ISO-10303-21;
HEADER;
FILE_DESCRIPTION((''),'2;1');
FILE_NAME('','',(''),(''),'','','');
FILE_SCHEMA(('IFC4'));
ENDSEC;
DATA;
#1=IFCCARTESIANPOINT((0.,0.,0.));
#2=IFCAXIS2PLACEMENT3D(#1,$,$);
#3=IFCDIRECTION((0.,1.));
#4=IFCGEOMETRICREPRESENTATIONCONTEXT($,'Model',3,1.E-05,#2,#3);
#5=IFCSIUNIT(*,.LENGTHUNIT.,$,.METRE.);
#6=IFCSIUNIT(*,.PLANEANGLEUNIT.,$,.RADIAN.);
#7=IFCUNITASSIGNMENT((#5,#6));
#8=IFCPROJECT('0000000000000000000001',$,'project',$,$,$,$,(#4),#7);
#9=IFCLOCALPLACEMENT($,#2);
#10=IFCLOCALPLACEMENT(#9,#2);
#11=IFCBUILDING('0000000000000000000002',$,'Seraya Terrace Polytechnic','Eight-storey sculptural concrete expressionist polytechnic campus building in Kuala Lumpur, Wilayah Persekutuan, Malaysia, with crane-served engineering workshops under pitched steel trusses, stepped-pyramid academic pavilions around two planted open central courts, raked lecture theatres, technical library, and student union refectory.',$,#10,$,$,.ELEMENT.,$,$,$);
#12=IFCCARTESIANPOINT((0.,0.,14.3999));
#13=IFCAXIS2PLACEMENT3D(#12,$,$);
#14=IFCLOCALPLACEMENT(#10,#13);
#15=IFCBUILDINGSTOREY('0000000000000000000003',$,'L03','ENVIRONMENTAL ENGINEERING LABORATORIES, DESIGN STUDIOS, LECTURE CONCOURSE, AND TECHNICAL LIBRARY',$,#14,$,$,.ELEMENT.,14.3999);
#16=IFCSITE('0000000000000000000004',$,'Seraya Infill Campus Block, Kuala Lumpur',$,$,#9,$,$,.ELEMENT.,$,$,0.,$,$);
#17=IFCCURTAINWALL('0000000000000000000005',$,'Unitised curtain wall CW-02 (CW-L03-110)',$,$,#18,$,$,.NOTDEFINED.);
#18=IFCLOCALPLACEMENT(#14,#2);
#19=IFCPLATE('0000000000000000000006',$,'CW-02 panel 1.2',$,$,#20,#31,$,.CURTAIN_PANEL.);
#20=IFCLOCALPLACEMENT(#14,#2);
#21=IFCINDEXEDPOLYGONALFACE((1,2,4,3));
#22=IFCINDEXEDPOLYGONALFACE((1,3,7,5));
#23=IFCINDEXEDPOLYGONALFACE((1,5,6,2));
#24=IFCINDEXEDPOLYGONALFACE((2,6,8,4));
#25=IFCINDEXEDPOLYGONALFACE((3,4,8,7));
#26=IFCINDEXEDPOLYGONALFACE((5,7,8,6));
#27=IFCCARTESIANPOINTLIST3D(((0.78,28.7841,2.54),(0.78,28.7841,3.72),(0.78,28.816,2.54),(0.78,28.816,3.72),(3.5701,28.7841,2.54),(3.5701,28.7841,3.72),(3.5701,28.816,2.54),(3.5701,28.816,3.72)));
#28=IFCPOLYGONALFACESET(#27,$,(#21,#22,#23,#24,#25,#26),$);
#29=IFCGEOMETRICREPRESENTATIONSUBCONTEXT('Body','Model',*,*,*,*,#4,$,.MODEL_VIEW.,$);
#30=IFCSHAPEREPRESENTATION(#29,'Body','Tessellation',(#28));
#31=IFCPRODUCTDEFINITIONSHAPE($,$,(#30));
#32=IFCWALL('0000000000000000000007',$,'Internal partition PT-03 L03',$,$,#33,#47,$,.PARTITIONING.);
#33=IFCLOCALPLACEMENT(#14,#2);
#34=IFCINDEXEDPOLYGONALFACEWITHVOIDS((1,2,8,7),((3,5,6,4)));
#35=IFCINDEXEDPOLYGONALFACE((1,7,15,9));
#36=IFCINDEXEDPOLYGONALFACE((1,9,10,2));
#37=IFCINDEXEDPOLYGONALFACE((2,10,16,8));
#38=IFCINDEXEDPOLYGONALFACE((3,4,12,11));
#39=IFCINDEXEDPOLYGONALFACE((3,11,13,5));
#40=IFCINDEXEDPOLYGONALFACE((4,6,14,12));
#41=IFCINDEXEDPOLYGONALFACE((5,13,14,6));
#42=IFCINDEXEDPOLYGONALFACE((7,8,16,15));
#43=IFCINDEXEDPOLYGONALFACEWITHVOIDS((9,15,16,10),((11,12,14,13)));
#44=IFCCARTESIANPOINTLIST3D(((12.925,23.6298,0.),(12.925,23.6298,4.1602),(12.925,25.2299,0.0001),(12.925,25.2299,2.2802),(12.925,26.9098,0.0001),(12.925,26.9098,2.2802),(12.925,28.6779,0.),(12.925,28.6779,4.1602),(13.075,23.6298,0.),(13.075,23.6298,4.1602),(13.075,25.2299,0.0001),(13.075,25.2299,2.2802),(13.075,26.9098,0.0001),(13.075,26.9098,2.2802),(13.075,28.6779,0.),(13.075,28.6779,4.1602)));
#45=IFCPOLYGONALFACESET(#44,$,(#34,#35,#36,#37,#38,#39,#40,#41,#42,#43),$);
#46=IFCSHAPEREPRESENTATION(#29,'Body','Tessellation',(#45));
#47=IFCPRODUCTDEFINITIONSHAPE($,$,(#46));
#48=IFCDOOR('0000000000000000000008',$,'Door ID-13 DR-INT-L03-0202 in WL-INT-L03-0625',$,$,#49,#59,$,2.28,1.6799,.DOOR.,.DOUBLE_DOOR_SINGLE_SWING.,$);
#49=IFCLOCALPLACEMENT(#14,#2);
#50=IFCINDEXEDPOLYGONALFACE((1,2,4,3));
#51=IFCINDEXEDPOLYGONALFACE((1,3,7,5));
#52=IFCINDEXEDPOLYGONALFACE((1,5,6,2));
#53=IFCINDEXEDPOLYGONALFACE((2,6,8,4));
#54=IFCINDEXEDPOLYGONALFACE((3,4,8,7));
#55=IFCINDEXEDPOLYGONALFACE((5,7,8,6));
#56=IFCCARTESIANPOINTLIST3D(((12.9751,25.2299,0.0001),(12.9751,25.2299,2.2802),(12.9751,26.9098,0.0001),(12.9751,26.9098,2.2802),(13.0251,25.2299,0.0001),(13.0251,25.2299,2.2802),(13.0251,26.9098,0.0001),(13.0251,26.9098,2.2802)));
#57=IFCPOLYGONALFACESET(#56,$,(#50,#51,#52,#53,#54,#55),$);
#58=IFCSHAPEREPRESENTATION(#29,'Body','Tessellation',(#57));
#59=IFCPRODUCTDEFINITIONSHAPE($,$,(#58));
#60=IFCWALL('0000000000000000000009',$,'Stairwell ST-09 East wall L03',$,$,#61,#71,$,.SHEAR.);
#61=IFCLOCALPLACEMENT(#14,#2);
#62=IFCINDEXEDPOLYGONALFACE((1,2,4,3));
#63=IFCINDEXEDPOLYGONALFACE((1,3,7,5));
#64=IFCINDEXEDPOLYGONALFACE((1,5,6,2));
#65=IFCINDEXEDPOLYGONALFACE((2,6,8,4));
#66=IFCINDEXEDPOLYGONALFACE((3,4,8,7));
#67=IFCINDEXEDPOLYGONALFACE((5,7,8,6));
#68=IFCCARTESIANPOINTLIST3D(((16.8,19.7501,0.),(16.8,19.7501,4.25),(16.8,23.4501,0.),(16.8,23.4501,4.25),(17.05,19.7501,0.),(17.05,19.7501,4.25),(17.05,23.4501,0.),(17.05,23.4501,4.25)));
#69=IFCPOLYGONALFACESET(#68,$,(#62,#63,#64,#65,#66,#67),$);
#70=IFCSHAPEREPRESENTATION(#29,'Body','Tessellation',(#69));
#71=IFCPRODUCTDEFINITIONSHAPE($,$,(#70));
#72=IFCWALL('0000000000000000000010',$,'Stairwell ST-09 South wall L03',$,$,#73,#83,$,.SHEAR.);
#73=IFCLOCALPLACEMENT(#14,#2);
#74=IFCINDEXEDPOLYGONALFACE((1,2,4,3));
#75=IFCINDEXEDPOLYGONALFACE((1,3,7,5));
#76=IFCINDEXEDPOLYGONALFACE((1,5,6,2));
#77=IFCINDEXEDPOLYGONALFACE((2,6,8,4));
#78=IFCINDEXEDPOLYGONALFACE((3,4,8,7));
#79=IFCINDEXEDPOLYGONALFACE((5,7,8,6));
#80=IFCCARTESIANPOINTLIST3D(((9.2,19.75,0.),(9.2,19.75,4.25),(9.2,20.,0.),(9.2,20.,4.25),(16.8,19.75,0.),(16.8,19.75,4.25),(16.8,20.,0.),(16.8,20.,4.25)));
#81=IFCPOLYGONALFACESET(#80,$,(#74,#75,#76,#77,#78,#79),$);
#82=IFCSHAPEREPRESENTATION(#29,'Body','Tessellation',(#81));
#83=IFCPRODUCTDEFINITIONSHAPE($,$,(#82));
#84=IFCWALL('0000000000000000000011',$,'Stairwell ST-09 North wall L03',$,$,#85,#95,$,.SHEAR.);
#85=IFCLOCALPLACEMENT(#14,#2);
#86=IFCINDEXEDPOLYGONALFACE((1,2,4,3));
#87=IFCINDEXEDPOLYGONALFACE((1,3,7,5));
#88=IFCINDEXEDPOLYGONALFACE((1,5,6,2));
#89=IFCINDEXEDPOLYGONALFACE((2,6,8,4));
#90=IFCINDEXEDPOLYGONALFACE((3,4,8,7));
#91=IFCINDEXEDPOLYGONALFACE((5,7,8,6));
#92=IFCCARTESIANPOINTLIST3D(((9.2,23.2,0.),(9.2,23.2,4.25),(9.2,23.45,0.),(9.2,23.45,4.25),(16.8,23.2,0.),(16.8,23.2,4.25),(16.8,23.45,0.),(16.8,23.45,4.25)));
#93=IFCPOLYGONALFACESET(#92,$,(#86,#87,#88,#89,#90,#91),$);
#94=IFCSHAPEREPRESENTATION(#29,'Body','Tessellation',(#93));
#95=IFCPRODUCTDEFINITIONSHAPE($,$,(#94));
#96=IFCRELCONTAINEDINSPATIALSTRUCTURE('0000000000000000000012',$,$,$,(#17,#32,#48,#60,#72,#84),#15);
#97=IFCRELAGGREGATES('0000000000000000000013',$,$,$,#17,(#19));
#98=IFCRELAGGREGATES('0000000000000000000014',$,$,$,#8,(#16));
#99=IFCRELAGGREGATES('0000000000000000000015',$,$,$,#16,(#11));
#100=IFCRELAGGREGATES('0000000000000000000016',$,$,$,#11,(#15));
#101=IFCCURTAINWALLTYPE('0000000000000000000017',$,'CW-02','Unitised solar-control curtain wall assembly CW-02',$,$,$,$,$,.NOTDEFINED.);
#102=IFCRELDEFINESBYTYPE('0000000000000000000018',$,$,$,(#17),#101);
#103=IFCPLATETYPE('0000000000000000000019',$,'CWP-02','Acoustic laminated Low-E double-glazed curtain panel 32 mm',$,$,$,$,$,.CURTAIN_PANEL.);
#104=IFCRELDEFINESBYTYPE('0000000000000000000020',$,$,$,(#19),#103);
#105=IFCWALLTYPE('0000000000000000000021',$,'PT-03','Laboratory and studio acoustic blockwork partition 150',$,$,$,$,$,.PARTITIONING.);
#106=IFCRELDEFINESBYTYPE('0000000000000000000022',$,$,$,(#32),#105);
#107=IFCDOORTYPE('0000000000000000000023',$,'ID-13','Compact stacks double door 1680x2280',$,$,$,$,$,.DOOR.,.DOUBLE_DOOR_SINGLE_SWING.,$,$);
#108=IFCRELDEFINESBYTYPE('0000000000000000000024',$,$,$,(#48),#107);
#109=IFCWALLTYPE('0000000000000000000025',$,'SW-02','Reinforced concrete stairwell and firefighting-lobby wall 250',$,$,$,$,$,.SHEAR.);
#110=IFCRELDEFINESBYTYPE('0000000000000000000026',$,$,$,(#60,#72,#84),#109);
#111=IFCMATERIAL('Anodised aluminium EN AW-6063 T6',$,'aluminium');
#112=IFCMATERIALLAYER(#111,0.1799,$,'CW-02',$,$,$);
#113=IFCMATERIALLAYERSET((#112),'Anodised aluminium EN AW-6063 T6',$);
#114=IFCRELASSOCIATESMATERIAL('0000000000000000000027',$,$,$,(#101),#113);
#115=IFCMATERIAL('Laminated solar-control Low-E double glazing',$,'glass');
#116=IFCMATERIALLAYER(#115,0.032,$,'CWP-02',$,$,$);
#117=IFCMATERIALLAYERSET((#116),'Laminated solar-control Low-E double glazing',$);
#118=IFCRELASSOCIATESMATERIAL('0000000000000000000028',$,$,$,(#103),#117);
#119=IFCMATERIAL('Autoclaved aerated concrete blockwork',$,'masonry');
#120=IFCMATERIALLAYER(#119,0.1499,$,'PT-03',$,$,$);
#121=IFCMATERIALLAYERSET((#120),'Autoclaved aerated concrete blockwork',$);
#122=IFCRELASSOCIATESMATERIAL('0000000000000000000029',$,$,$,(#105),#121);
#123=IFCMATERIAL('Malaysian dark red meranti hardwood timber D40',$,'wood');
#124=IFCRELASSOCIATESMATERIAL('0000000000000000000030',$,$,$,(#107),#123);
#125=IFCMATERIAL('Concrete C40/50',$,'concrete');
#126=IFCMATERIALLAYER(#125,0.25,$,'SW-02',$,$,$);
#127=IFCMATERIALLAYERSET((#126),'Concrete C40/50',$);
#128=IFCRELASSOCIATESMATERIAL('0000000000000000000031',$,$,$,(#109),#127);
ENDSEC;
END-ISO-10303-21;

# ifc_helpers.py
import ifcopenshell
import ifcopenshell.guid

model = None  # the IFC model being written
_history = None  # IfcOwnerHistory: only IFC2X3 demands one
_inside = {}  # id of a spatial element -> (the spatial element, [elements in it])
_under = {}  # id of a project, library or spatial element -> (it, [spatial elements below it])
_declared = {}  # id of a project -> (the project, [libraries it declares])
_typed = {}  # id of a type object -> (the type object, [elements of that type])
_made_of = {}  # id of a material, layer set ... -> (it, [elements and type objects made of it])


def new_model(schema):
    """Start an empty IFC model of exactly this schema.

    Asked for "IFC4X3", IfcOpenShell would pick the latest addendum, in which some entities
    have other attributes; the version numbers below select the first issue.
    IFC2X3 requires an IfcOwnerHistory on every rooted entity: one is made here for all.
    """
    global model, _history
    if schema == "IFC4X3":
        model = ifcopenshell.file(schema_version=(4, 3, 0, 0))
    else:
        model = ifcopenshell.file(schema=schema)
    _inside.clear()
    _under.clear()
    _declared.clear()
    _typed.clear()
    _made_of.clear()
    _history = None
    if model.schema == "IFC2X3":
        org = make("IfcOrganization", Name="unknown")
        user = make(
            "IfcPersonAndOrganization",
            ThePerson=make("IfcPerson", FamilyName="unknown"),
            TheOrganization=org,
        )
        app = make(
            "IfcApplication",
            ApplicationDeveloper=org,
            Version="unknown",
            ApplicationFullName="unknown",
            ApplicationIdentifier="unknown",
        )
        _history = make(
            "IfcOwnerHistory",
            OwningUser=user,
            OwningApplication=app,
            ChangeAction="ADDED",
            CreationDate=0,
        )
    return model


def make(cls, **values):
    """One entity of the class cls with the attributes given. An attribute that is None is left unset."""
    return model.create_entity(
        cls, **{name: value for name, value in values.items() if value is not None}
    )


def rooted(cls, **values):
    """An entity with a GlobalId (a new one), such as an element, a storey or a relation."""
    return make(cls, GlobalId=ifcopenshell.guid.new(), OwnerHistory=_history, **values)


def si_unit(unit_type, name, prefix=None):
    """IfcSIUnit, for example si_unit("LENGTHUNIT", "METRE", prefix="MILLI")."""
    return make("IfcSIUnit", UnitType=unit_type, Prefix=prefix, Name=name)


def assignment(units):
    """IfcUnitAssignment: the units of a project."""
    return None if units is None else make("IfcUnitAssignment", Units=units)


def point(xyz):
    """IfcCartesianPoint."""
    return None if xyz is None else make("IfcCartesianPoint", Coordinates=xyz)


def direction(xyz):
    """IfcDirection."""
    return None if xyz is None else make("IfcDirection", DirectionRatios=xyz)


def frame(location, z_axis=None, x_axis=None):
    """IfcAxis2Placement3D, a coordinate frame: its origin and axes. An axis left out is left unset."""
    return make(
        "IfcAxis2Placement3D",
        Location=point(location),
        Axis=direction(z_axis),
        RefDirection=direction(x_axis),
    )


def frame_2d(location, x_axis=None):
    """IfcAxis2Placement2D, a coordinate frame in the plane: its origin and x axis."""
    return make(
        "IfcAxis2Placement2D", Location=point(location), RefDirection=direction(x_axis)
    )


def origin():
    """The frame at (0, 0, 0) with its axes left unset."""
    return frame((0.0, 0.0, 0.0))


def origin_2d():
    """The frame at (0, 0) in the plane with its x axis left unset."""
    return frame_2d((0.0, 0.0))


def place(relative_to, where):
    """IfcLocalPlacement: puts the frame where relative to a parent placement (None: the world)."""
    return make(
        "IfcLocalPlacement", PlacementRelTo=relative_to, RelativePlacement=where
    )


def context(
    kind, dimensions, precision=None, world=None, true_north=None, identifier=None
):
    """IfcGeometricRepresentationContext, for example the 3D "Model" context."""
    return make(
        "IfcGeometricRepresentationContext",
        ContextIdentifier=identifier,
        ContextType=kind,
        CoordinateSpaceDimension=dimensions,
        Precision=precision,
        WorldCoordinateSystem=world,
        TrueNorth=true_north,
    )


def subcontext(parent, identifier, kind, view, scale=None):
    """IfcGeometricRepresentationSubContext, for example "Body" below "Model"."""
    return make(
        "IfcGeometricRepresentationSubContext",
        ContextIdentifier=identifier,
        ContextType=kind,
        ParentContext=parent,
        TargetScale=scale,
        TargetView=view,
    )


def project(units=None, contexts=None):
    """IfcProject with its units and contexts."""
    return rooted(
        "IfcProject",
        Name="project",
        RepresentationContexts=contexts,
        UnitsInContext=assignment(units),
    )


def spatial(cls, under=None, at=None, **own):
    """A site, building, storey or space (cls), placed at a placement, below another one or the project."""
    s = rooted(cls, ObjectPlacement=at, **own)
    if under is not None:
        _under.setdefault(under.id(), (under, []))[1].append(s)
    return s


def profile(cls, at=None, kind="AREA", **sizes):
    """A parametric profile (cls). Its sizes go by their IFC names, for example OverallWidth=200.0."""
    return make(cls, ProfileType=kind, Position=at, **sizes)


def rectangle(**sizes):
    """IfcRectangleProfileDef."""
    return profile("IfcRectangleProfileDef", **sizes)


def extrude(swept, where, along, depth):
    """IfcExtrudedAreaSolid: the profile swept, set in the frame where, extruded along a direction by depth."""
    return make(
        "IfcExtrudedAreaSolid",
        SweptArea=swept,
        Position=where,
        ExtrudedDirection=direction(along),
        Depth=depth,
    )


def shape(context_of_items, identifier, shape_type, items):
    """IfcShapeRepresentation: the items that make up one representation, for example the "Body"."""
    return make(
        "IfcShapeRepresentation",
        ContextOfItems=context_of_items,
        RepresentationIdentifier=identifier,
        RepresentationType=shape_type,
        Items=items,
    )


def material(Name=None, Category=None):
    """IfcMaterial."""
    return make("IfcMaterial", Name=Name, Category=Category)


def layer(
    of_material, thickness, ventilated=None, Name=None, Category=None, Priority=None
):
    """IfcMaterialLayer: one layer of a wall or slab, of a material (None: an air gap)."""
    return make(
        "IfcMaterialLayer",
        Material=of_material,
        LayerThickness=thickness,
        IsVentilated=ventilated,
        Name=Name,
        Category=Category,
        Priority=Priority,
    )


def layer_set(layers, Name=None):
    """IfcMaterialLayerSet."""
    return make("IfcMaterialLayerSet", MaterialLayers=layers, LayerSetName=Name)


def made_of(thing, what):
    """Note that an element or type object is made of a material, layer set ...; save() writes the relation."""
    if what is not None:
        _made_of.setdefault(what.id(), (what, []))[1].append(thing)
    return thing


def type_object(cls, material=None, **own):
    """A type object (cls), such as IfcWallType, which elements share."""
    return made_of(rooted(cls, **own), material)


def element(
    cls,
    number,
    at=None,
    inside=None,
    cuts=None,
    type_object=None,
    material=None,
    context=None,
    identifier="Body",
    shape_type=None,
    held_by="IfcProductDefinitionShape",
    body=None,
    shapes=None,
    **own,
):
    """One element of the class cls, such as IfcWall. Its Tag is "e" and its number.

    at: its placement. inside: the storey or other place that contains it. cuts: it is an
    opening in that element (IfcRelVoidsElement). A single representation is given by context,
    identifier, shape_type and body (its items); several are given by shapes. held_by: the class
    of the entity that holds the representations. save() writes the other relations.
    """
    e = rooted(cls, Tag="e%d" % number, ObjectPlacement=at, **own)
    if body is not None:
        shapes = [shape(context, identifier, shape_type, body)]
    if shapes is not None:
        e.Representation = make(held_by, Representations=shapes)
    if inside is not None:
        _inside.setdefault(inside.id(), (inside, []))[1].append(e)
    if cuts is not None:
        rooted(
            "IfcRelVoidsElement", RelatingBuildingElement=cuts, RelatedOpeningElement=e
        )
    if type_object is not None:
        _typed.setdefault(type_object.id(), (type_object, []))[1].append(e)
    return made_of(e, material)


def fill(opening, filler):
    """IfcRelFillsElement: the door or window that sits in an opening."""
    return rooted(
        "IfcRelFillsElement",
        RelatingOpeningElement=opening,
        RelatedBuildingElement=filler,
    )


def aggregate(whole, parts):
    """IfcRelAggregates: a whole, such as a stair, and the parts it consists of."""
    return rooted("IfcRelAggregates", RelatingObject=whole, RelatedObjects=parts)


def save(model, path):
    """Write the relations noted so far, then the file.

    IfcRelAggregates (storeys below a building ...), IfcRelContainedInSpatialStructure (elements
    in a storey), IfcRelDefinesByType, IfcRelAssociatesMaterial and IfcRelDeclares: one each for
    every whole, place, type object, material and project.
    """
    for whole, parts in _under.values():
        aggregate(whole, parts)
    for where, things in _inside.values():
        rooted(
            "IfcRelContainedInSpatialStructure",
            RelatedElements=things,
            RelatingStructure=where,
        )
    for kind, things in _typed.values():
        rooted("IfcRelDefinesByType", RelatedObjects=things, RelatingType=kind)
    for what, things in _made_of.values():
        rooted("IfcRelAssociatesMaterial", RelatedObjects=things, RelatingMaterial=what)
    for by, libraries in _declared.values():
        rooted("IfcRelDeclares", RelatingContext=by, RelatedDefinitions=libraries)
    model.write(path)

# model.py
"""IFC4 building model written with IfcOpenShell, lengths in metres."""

from ifc_helpers import new_model, si_unit, direction, frame, frame_2d, origin, origin_2d, place, context, subcontext, project, spatial, rectangle, extrude, material, layer, layer_set, type_object, element, fill, aggregate, save


model = new_model("IFC4")

# Units and contexts
model_context = context("Model", 3, precision=1e-05, world=origin(), true_north=direction((0.0, 1.0)))
body_context = subcontext(model_context, "Body", "Model", "MODEL_VIEW")
ifc_project = project(units=[si_unit("LENGTHUNIT", "METRE"), si_unit("PLANEANGLEUNIT", "RADIAN")], contexts=[model_context])

# Site, building, storey
site_placement = place(None, origin())
site = spatial("IfcSite", under=ifc_project, at=site_placement, Name="Seraya Infill Campus Block, Kuala Lumpur", CompositionType="ELEMENT", RefElevation=0.0)
building_placement = place(site_placement, origin())
building = spatial("IfcBuilding", under=site, at=building_placement, Name="Seraya Terrace Polytechnic", Description="Eight-storey sculptural concrete expressionist polytechnic campus building in Kuala Lumpur, Wilayah Persekutuan, Malaysia, with crane-served engineering workshops under pitched steel trusses, stepped-pyramid academic pavilions around two planted open central courts, raked lecture theatres, technical library, and student union refectory.", CompositionType="ELEMENT")
storey_placement = place(building_placement, frame((0.0, 0.0, 14.3999)))
storey = spatial("IfcBuildingStorey", under=building, at=storey_placement, Name="L03", Description="ENVIRONMENTAL ENGINEERING LABORATORIES, DESIGN STUDIOS, LECTURE CONCOURSE, AND TECHNICAL LIBRARY", CompositionType="ELEMENT", Elevation=14.3999)

# Shared definitions
ifc_material_1 = material(Name="Concrete C40/50", Category="concrete")

# Shared definitions
ifc_material_2 = material(Name="Anodised aluminium EN AW-6063 T6", Category="aluminium")

# Curtain wall
ifc_layer_1 = layer(ifc_material_2, 0.1799, Name="CW-02")
ifc_layer_set_1 = layer_set([ifc_layer_1], Name="Anodised aluminium EN AW-6063 T6")
curtain_wall_type_1 = type_object("IfcCurtainWallType", Name="CW-02", Description="Unitised solar-control curtain wall assembly CW-02", PredefinedType="NOTDEFINED", material=ifc_layer_set_1)
curtain_wall_1_placement = place(storey_placement, origin())
curtain_wall_1 = element("IfcCurtainWall", 1, at=curtain_wall_1_placement, inside=storey, type_object=curtain_wall_type_1, Name="Unitised curtain wall CW-02 (CW-L03-110)", PredefinedType="NOTDEFINED")

# Plate
ifc_material_3 = material(Name="Laminated solar-control Low-E double glazing", Category="glass")
ifc_layer_2 = layer(ifc_material_3, 0.032, Name="CWP-02")
ifc_layer_set_2 = layer_set([ifc_layer_2], Name="Laminated solar-control Low-E double glazing")
plate_type = type_object("IfcPlateType", Name="CWP-02", Description="Acoustic laminated Low-E double-glazed curtain panel 32 mm", PredefinedType="CURTAIN_PANEL", material=ifc_layer_set_2)
plate_1_placement = place(storey_placement, frame((2.175, 28.8, 2.54), z_axis=(0.0, 0.0, 1.0), x_axis=(1.0, 0.0, 0.0)))
plate_1 = element("IfcPlate", 2, at=plate_1_placement, type_object=plate_type, Name="CW-02 panel 1.2", PredefinedType="CURTAIN_PANEL", context=body_context, shape_type="SweptSolid", body=[
    extrude(rectangle(XDim=2.79, YDim=0.032, at=origin_2d()), origin(), (0.0, 0.0, 1.0), 1.1799),
])
aggregate(curtain_wall_1, [plate_1])

# Wall, opening, door
ifc_material_4 = material(Name="Autoclaved aerated concrete blockwork", Category="masonry")
ifc_layer_3 = layer(ifc_material_4, 0.1499, Name="PT-03")
ifc_layer_set_3 = layer_set([ifc_layer_3], Name="Autoclaved aerated concrete blockwork")
wall_type_1 = type_object("IfcWallType", Name="PT-03", Description="Laboratory and studio acoustic blockwork partition 150", PredefinedType="PARTITIONING", material=ifc_layer_set_3)
wall_1_placement = place(storey_placement, frame((13.0, 23.6299, 0.0), z_axis=(0.0, 0.0, 1.0), x_axis=(0.0, 1.0, 0.0)))
wall_1 = element("IfcWall", 3, at=wall_1_placement, inside=storey, type_object=wall_type_1, Name="Internal partition PT-03 L03", PredefinedType="PARTITIONING", context=body_context, shape_type="SweptSolid", body=[
    extrude(rectangle(XDim=5.0481, YDim=0.1499, at=frame_2d((2.5239, 0.0))), origin(), (0.0, 0.0, 1.0), 4.1602),
])
opening_1_placement = place(wall_1_placement, frame((1.6001, 0.0, 0.0)))
opening_1 = element("IfcOpeningElement", 4, at=opening_1_placement, cuts=wall_1, PredefinedType="OPENING", context=body_context, shape_type="SweptSolid", body=[
    extrude(rectangle(XDim=1.6799, YDim=2.28, at=frame_2d((0.8398, 1.1401))), frame((0.0, 0.0869, 0.0), z_axis=(0.0, -1.0, 0.0), x_axis=(1.0, 0.0, 0.0)), (0.0, 0.0, 1.0), 0.1738),
])
ifc_material_5 = material(Name="Malaysian dark red meranti hardwood timber D40", Category="wood")
door_type_1 = type_object("IfcDoorType", Name="ID-13", Description="Compact stacks double door 1680x2280", OperationType="DOUBLE_DOOR_SINGLE_SWING", PredefinedType="DOOR", material=ifc_material_5)
door_1_placement = place(opening_1_placement, origin())
door_1 = element("IfcDoor", 5, at=door_1_placement, inside=storey, type_object=door_type_1, Name="Door ID-13 DR-INT-L03-0202 in WL-INT-L03-0625", OperationType="DOUBLE_DOOR_SINGLE_SWING", OverallHeight=2.28, OverallWidth=1.6799, PredefinedType="DOOR", context=body_context, shape_type="SweptSolid", body=[
    extrude(rectangle(XDim=1.6799, YDim=2.28, at=frame_2d((0.8398, 1.1401))), frame((0.0, 0.0249, 0.0), z_axis=(0.0, -1.0, 0.0), x_axis=(1.0, 0.0, 0.0)), (0.0, 0.0, 1.0), 0.05),
])
fill(opening_1, door_1)
ifc_layer_4 = layer(ifc_material_1, 0.25, Name="SW-02")
ifc_layer_set_4 = layer_set([ifc_layer_4], Name="Concrete C40/50")
wall_type_2 = type_object("IfcWallType", Name="SW-02", Description="Reinforced concrete stairwell and firefighting-lobby wall 250", PredefinedType="SHEAR", material=ifc_layer_set_4)

# Walls
wall_2_placement = place(storey_placement, frame((16.925, 19.75, 0.0), z_axis=(0.0, 0.0, 1.0), x_axis=(0.0, 1.0, 0.0)))
element("IfcWall", 6, at=wall_2_placement, inside=storey, type_object=wall_type_2, Name="Stairwell ST-09 East wall L03", PredefinedType="SHEAR", context=body_context, shape_type="SweptSolid", body=[
    extrude(rectangle(XDim=3.7, YDim=0.25, at=frame_2d((1.8501, 0.0))), origin(), (0.0, 0.0, 1.0), 4.25),
])
for number, where, z_axis, x_axis, name in (
    (7, (9.2, 19.875, 0.0), (0.0, 0.0, 1.0), (1.0, 0.0, 0.0), "Stairwell ST-09 South wall L03"),
    (8, (9.2, 23.325, 0.0), (0.0, 0.0, 1.0), (1.0, 0.0, 0.0), "Stairwell ST-09 North wall L03"),
):
    element("IfcWall", number, at=place(storey_placement, frame(where, z_axis=z_axis, x_axis=x_axis)), inside=storey, type_object=wall_type_2, Name=name, PredefinedType="SHEAR", context=body_context, shape_type="SweptSolid", body=[
        extrude(rectangle(XDim=7.6001, YDim=0.25, at=frame_2d((3.8, 0.0))), origin(), (0.0, 0.0, 1.0), 4.25),
    ])

save(model, "model.ifc")
